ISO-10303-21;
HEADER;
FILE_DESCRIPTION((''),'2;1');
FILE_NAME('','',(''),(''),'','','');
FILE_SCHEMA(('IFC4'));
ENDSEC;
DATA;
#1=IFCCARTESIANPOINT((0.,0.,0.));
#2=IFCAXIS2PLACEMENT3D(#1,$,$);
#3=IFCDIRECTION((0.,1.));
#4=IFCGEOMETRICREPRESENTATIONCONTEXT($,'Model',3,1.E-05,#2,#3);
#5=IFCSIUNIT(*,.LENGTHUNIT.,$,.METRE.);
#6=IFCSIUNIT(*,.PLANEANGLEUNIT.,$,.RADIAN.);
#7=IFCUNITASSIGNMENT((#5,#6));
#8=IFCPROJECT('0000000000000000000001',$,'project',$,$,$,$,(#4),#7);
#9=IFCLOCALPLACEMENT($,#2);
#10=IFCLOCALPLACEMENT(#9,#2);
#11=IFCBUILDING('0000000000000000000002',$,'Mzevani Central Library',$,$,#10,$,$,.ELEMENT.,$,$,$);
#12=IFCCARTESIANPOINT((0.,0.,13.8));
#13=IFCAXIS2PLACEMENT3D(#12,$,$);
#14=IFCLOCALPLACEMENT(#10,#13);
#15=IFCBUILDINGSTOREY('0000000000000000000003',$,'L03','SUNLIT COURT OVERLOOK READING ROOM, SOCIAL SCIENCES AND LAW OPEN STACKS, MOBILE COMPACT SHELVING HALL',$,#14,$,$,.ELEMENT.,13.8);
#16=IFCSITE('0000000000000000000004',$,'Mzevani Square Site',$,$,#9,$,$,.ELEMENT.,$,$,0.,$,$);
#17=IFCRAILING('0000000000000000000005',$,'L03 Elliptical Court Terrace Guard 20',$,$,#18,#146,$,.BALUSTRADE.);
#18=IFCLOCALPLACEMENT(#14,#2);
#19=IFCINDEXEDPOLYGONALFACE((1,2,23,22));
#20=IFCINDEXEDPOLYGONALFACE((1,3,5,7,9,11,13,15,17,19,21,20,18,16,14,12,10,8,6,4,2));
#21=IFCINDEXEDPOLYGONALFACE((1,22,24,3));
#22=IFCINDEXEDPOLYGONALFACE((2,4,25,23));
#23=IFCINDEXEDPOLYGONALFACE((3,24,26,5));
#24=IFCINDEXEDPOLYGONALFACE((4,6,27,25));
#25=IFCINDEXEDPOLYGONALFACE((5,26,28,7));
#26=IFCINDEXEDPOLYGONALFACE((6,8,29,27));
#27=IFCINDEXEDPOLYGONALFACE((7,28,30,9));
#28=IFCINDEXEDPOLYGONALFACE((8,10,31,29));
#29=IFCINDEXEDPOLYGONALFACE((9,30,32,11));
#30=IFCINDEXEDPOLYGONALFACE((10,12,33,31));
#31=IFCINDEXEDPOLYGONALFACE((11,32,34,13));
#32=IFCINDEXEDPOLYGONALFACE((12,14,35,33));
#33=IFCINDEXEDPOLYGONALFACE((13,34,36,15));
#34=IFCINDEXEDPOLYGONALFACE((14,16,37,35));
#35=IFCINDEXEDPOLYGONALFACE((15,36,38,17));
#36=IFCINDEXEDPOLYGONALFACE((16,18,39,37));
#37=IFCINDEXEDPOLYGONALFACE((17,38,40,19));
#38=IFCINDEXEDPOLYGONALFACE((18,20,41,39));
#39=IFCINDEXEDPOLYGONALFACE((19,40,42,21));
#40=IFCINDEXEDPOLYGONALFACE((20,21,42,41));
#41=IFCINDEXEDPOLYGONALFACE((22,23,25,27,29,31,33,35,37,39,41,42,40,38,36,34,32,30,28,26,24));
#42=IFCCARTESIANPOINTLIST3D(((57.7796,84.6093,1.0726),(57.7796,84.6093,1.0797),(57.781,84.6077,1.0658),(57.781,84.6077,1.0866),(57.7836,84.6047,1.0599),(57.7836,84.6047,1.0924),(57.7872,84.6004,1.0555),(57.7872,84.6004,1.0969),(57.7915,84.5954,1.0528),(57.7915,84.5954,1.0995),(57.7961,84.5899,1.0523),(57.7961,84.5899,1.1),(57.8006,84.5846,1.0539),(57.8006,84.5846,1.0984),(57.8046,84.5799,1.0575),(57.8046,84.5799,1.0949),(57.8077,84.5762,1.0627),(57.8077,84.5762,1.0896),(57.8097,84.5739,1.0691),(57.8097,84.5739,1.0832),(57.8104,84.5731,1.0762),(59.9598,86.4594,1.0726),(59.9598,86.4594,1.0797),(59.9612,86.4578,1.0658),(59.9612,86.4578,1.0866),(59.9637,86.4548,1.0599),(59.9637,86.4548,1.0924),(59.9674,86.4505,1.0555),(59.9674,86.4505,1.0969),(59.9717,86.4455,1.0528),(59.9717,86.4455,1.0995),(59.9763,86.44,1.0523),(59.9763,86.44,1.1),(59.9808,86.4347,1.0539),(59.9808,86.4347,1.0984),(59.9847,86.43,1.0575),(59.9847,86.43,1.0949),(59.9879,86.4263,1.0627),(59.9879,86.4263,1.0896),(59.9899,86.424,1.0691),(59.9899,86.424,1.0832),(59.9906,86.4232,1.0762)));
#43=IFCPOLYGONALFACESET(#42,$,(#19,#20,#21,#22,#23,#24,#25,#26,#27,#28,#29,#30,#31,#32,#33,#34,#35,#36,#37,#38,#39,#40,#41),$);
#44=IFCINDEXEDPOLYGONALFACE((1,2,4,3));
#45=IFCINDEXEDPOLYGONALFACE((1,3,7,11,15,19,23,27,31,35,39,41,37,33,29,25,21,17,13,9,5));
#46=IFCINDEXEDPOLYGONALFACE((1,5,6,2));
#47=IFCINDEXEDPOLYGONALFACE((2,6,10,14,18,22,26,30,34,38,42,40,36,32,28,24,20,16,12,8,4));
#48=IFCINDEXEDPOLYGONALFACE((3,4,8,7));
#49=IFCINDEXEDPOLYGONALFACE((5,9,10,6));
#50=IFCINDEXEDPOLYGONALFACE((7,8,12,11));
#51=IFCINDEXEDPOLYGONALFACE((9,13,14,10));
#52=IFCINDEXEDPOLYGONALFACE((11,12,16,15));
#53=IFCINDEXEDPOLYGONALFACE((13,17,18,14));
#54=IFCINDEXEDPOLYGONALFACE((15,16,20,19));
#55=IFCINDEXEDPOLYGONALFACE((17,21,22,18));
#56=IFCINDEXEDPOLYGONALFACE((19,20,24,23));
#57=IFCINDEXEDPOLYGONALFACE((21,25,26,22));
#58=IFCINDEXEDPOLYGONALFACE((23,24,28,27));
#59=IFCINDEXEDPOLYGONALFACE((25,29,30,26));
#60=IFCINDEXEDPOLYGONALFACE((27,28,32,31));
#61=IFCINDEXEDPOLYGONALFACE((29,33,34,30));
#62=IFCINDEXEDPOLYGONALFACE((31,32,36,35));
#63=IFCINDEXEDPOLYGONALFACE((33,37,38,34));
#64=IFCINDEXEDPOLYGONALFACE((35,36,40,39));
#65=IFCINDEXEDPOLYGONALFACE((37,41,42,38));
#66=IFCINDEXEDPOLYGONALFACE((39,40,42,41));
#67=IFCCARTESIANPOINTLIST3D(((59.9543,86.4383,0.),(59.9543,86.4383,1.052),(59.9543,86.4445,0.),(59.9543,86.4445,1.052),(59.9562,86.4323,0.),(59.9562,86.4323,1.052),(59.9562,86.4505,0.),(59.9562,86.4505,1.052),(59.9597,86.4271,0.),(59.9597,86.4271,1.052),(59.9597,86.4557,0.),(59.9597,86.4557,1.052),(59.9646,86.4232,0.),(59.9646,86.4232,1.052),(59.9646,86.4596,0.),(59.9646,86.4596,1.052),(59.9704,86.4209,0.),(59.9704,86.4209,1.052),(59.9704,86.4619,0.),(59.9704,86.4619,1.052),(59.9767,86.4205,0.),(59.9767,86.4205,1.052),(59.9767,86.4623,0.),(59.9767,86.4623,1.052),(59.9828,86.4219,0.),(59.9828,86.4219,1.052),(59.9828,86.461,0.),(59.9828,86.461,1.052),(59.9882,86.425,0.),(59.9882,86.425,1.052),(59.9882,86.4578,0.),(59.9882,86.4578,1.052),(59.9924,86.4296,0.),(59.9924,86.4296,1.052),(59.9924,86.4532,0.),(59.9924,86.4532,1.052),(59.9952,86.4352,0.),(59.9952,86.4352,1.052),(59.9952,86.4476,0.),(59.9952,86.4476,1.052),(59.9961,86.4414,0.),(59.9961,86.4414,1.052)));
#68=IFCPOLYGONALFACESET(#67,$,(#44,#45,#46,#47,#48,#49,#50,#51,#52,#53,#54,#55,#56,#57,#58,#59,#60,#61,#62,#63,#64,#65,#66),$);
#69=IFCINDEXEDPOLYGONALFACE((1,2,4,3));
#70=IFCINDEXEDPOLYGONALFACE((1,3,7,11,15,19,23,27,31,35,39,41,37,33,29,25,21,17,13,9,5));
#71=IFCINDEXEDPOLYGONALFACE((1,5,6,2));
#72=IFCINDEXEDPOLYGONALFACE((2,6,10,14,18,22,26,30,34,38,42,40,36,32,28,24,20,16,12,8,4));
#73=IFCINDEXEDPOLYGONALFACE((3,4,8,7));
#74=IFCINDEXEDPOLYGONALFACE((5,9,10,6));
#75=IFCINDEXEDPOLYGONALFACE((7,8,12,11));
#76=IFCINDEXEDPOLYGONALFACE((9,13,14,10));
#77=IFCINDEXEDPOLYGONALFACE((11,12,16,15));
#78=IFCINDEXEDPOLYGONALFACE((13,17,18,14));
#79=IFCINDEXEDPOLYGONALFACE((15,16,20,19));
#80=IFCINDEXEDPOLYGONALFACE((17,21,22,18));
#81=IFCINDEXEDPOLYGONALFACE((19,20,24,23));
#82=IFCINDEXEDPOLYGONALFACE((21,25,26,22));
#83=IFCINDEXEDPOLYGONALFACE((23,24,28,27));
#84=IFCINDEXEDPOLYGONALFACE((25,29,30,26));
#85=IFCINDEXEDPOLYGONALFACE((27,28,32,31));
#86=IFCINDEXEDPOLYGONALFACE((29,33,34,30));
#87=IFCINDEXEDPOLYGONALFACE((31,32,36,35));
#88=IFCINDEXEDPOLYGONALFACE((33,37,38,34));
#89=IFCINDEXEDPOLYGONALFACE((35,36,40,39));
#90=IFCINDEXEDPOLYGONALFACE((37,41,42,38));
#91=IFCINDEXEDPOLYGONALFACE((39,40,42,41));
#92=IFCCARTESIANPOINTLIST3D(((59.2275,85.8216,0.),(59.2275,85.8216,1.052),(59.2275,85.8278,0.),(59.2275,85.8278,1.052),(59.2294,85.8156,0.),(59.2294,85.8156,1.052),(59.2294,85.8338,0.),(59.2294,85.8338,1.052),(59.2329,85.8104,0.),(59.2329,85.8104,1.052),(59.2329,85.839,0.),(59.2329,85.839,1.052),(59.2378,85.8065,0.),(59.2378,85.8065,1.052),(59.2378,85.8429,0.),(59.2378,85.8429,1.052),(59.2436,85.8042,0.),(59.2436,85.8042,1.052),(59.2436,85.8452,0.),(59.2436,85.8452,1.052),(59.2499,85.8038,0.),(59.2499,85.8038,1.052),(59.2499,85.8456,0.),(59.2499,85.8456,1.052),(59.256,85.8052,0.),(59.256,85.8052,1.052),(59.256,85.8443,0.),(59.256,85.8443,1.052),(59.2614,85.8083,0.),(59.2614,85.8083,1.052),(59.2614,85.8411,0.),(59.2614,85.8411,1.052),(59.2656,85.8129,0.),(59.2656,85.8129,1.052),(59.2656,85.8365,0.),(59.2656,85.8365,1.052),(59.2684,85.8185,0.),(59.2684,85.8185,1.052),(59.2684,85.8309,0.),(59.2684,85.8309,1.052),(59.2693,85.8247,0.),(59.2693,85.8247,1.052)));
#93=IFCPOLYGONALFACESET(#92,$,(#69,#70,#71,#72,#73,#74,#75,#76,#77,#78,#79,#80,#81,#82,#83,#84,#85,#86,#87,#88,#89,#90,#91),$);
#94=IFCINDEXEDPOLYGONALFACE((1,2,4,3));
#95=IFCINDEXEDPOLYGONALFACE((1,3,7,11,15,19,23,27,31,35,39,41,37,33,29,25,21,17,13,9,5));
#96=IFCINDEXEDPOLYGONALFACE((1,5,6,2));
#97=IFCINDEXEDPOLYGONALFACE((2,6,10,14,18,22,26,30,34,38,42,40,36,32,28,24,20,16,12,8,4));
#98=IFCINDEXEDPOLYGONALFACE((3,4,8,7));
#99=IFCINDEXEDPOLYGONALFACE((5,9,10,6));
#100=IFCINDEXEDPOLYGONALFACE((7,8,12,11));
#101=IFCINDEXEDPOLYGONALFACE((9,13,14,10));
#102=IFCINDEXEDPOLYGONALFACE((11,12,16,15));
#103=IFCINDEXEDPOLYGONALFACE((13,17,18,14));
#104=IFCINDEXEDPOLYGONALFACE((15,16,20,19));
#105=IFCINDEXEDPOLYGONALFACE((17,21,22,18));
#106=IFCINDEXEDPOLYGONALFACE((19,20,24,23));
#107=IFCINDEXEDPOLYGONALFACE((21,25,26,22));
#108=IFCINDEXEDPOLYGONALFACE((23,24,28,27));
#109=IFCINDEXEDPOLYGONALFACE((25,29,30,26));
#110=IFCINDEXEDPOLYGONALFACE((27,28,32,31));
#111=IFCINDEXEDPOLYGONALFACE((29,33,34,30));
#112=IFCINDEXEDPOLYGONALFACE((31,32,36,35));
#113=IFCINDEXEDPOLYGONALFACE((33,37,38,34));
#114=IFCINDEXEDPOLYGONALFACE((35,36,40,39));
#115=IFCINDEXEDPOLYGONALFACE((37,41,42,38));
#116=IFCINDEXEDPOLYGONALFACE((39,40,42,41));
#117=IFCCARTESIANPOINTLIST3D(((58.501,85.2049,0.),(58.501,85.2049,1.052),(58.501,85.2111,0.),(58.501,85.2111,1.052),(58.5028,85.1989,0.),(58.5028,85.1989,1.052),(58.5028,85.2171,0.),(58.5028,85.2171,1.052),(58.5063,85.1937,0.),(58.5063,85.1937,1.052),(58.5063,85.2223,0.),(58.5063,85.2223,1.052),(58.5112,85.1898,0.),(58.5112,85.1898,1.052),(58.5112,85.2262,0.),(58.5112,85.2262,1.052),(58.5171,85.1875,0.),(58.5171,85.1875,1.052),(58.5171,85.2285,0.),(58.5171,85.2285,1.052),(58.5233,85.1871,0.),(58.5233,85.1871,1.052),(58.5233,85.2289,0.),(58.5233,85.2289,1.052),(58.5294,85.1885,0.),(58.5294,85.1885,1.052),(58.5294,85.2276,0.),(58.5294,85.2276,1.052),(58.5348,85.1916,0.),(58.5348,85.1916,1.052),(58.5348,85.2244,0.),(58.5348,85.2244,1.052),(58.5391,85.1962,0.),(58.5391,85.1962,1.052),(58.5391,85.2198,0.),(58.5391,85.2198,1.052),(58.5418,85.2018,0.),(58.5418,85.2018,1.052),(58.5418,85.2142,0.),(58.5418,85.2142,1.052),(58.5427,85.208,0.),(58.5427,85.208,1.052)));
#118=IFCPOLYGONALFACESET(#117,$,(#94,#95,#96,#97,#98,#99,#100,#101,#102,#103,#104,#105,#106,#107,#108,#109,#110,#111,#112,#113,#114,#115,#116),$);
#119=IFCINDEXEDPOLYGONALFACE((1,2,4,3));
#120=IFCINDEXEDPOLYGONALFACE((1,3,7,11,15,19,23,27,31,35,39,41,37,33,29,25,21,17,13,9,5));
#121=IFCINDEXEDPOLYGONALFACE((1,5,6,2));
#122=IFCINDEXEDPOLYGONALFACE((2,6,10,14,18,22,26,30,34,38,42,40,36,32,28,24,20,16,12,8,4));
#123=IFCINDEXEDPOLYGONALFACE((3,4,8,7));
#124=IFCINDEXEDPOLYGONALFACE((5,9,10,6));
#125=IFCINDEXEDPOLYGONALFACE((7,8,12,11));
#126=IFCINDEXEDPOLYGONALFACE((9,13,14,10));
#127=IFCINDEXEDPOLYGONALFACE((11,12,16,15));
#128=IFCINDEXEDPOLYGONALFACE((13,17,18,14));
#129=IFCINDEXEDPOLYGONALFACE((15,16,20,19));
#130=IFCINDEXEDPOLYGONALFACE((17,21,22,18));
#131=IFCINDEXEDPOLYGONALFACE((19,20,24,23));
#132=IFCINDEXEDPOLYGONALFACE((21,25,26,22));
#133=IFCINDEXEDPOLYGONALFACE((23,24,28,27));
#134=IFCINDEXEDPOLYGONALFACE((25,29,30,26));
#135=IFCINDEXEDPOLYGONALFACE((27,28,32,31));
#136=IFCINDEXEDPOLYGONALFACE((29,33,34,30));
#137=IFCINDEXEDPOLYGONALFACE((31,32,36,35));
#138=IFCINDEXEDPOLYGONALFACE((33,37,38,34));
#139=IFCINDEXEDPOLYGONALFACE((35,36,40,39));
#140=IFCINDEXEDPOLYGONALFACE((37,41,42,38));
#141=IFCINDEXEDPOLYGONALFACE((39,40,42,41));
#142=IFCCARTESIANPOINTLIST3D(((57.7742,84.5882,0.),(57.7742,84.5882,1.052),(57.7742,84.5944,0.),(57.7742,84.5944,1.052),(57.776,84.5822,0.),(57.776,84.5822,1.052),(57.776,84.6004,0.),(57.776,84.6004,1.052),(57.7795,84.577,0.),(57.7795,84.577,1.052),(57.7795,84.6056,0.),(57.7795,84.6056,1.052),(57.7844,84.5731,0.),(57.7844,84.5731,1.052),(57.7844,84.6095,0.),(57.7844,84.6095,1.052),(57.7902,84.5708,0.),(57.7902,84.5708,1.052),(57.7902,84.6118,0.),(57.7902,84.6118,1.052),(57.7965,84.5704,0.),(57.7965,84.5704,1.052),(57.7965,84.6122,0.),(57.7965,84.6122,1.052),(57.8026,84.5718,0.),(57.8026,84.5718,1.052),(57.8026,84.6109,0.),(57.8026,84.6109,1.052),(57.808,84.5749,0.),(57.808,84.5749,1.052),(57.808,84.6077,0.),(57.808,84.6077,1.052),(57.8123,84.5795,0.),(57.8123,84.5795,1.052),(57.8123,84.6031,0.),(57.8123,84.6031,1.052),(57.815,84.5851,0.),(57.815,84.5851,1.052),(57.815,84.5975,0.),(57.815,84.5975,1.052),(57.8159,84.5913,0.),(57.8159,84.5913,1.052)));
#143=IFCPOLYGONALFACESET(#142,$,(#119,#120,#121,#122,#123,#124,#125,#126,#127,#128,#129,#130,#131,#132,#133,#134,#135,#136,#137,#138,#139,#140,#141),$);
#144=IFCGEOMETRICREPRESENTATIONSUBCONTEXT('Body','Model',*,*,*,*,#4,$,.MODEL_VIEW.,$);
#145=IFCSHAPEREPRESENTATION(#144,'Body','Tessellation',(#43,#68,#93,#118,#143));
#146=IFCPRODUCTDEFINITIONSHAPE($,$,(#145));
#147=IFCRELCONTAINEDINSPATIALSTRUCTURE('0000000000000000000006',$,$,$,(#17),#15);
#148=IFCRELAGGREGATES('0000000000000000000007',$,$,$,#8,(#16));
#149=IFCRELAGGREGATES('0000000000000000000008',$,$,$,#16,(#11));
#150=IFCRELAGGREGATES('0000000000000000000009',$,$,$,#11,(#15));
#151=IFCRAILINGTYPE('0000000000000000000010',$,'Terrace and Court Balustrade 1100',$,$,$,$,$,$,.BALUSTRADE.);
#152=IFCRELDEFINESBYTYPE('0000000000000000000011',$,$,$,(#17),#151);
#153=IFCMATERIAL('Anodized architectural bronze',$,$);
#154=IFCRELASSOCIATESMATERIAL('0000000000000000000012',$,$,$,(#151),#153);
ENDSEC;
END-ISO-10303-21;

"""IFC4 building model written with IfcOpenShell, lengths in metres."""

from ifc_helpers import new_model, si_unit, direction, frame, origin, origin_2d, place, context, subcontext, project, spatial, circle, extrude, material, type_object, element, save


model = new_model("IFC4")

# Units and contexts
model_context = context("Model", 3, precision=1e-05, world=origin(), true_north=direction((0.0, 1.0)))
body_context = subcontext(model_context, "Body", "Model", "MODEL_VIEW")
ifc_project = project(units=[si_unit("LENGTHUNIT", "METRE"), si_unit("PLANEANGLEUNIT", "RADIAN")], contexts=[model_context])

# Site, building, storey
site_placement = place(None, origin())
site = spatial("IfcSite", under=ifc_project, at=site_placement, Name="Mzevani Square Site", CompositionType="ELEMENT", RefElevation=0.0)
building_placement = place(site_placement, origin())
building = spatial("IfcBuilding", under=site, at=building_placement, Name="Mzevani Central Library", CompositionType="ELEMENT")
storey_placement = place(building_placement, frame((0.0, 0.0, 13.8)))
storey = spatial("IfcBuildingStorey", under=building, at=storey_placement, Name="L03", Description="SUNLIT COURT OVERLOOK READING ROOM, SOCIAL SCIENCES AND LAW OPEN STACKS, MOBILE COMPACT SHELVING HALL", CompositionType="ELEMENT", Elevation=13.8)

# Railing
ifc_material_1 = material(Name="Anodized architectural bronze")
railing_type = type_object("IfcRailingType", Name="Terrace and Court Balustrade 1100", PredefinedType="BALUSTRADE", material=ifc_material_1)
railing_1_placement = place(storey_placement, frame((59.9751, 86.4414, 0.0)))
element("IfcRailing", 1, at=railing_1_placement, inside=storey, type_object=railing_type, Name="L03 Elliptical Court Terrace Guard 20", PredefinedType="BALUSTRADE", context=body_context, shape_type="SweptSolid", body=[
    extrude(circle(Radius=0.0239, at=origin_2d()), frame((0.0, 0.0, 1.0762), z_axis=(-0.762466, -0.647029, 0.0), x_axis=(0.647029, -0.762466, 0.0)), (0.0, 0.0, 1.0), 2.8594),
    extrude(circle(Radius=0.021, at=origin_2d()), origin(), (0.0, 0.0, 1.0), 1.052),
    extrude(circle(Radius=0.021, at=origin_2d()), frame((-0.7268, -0.6167, 0.0)), (0.0, 0.0, 1.0), 1.052),
    extrude(circle(Radius=0.021, at=origin_2d()), frame((-1.4534, -1.2334, 0.0)), (0.0, 0.0, 1.0), 1.052),
    extrude(circle(Radius=0.021, at=origin_2d()), frame((-2.1802, -1.8501, 0.0)), (0.0, 0.0, 1.0), 1.052),
])

save(model, "model.ifc")
